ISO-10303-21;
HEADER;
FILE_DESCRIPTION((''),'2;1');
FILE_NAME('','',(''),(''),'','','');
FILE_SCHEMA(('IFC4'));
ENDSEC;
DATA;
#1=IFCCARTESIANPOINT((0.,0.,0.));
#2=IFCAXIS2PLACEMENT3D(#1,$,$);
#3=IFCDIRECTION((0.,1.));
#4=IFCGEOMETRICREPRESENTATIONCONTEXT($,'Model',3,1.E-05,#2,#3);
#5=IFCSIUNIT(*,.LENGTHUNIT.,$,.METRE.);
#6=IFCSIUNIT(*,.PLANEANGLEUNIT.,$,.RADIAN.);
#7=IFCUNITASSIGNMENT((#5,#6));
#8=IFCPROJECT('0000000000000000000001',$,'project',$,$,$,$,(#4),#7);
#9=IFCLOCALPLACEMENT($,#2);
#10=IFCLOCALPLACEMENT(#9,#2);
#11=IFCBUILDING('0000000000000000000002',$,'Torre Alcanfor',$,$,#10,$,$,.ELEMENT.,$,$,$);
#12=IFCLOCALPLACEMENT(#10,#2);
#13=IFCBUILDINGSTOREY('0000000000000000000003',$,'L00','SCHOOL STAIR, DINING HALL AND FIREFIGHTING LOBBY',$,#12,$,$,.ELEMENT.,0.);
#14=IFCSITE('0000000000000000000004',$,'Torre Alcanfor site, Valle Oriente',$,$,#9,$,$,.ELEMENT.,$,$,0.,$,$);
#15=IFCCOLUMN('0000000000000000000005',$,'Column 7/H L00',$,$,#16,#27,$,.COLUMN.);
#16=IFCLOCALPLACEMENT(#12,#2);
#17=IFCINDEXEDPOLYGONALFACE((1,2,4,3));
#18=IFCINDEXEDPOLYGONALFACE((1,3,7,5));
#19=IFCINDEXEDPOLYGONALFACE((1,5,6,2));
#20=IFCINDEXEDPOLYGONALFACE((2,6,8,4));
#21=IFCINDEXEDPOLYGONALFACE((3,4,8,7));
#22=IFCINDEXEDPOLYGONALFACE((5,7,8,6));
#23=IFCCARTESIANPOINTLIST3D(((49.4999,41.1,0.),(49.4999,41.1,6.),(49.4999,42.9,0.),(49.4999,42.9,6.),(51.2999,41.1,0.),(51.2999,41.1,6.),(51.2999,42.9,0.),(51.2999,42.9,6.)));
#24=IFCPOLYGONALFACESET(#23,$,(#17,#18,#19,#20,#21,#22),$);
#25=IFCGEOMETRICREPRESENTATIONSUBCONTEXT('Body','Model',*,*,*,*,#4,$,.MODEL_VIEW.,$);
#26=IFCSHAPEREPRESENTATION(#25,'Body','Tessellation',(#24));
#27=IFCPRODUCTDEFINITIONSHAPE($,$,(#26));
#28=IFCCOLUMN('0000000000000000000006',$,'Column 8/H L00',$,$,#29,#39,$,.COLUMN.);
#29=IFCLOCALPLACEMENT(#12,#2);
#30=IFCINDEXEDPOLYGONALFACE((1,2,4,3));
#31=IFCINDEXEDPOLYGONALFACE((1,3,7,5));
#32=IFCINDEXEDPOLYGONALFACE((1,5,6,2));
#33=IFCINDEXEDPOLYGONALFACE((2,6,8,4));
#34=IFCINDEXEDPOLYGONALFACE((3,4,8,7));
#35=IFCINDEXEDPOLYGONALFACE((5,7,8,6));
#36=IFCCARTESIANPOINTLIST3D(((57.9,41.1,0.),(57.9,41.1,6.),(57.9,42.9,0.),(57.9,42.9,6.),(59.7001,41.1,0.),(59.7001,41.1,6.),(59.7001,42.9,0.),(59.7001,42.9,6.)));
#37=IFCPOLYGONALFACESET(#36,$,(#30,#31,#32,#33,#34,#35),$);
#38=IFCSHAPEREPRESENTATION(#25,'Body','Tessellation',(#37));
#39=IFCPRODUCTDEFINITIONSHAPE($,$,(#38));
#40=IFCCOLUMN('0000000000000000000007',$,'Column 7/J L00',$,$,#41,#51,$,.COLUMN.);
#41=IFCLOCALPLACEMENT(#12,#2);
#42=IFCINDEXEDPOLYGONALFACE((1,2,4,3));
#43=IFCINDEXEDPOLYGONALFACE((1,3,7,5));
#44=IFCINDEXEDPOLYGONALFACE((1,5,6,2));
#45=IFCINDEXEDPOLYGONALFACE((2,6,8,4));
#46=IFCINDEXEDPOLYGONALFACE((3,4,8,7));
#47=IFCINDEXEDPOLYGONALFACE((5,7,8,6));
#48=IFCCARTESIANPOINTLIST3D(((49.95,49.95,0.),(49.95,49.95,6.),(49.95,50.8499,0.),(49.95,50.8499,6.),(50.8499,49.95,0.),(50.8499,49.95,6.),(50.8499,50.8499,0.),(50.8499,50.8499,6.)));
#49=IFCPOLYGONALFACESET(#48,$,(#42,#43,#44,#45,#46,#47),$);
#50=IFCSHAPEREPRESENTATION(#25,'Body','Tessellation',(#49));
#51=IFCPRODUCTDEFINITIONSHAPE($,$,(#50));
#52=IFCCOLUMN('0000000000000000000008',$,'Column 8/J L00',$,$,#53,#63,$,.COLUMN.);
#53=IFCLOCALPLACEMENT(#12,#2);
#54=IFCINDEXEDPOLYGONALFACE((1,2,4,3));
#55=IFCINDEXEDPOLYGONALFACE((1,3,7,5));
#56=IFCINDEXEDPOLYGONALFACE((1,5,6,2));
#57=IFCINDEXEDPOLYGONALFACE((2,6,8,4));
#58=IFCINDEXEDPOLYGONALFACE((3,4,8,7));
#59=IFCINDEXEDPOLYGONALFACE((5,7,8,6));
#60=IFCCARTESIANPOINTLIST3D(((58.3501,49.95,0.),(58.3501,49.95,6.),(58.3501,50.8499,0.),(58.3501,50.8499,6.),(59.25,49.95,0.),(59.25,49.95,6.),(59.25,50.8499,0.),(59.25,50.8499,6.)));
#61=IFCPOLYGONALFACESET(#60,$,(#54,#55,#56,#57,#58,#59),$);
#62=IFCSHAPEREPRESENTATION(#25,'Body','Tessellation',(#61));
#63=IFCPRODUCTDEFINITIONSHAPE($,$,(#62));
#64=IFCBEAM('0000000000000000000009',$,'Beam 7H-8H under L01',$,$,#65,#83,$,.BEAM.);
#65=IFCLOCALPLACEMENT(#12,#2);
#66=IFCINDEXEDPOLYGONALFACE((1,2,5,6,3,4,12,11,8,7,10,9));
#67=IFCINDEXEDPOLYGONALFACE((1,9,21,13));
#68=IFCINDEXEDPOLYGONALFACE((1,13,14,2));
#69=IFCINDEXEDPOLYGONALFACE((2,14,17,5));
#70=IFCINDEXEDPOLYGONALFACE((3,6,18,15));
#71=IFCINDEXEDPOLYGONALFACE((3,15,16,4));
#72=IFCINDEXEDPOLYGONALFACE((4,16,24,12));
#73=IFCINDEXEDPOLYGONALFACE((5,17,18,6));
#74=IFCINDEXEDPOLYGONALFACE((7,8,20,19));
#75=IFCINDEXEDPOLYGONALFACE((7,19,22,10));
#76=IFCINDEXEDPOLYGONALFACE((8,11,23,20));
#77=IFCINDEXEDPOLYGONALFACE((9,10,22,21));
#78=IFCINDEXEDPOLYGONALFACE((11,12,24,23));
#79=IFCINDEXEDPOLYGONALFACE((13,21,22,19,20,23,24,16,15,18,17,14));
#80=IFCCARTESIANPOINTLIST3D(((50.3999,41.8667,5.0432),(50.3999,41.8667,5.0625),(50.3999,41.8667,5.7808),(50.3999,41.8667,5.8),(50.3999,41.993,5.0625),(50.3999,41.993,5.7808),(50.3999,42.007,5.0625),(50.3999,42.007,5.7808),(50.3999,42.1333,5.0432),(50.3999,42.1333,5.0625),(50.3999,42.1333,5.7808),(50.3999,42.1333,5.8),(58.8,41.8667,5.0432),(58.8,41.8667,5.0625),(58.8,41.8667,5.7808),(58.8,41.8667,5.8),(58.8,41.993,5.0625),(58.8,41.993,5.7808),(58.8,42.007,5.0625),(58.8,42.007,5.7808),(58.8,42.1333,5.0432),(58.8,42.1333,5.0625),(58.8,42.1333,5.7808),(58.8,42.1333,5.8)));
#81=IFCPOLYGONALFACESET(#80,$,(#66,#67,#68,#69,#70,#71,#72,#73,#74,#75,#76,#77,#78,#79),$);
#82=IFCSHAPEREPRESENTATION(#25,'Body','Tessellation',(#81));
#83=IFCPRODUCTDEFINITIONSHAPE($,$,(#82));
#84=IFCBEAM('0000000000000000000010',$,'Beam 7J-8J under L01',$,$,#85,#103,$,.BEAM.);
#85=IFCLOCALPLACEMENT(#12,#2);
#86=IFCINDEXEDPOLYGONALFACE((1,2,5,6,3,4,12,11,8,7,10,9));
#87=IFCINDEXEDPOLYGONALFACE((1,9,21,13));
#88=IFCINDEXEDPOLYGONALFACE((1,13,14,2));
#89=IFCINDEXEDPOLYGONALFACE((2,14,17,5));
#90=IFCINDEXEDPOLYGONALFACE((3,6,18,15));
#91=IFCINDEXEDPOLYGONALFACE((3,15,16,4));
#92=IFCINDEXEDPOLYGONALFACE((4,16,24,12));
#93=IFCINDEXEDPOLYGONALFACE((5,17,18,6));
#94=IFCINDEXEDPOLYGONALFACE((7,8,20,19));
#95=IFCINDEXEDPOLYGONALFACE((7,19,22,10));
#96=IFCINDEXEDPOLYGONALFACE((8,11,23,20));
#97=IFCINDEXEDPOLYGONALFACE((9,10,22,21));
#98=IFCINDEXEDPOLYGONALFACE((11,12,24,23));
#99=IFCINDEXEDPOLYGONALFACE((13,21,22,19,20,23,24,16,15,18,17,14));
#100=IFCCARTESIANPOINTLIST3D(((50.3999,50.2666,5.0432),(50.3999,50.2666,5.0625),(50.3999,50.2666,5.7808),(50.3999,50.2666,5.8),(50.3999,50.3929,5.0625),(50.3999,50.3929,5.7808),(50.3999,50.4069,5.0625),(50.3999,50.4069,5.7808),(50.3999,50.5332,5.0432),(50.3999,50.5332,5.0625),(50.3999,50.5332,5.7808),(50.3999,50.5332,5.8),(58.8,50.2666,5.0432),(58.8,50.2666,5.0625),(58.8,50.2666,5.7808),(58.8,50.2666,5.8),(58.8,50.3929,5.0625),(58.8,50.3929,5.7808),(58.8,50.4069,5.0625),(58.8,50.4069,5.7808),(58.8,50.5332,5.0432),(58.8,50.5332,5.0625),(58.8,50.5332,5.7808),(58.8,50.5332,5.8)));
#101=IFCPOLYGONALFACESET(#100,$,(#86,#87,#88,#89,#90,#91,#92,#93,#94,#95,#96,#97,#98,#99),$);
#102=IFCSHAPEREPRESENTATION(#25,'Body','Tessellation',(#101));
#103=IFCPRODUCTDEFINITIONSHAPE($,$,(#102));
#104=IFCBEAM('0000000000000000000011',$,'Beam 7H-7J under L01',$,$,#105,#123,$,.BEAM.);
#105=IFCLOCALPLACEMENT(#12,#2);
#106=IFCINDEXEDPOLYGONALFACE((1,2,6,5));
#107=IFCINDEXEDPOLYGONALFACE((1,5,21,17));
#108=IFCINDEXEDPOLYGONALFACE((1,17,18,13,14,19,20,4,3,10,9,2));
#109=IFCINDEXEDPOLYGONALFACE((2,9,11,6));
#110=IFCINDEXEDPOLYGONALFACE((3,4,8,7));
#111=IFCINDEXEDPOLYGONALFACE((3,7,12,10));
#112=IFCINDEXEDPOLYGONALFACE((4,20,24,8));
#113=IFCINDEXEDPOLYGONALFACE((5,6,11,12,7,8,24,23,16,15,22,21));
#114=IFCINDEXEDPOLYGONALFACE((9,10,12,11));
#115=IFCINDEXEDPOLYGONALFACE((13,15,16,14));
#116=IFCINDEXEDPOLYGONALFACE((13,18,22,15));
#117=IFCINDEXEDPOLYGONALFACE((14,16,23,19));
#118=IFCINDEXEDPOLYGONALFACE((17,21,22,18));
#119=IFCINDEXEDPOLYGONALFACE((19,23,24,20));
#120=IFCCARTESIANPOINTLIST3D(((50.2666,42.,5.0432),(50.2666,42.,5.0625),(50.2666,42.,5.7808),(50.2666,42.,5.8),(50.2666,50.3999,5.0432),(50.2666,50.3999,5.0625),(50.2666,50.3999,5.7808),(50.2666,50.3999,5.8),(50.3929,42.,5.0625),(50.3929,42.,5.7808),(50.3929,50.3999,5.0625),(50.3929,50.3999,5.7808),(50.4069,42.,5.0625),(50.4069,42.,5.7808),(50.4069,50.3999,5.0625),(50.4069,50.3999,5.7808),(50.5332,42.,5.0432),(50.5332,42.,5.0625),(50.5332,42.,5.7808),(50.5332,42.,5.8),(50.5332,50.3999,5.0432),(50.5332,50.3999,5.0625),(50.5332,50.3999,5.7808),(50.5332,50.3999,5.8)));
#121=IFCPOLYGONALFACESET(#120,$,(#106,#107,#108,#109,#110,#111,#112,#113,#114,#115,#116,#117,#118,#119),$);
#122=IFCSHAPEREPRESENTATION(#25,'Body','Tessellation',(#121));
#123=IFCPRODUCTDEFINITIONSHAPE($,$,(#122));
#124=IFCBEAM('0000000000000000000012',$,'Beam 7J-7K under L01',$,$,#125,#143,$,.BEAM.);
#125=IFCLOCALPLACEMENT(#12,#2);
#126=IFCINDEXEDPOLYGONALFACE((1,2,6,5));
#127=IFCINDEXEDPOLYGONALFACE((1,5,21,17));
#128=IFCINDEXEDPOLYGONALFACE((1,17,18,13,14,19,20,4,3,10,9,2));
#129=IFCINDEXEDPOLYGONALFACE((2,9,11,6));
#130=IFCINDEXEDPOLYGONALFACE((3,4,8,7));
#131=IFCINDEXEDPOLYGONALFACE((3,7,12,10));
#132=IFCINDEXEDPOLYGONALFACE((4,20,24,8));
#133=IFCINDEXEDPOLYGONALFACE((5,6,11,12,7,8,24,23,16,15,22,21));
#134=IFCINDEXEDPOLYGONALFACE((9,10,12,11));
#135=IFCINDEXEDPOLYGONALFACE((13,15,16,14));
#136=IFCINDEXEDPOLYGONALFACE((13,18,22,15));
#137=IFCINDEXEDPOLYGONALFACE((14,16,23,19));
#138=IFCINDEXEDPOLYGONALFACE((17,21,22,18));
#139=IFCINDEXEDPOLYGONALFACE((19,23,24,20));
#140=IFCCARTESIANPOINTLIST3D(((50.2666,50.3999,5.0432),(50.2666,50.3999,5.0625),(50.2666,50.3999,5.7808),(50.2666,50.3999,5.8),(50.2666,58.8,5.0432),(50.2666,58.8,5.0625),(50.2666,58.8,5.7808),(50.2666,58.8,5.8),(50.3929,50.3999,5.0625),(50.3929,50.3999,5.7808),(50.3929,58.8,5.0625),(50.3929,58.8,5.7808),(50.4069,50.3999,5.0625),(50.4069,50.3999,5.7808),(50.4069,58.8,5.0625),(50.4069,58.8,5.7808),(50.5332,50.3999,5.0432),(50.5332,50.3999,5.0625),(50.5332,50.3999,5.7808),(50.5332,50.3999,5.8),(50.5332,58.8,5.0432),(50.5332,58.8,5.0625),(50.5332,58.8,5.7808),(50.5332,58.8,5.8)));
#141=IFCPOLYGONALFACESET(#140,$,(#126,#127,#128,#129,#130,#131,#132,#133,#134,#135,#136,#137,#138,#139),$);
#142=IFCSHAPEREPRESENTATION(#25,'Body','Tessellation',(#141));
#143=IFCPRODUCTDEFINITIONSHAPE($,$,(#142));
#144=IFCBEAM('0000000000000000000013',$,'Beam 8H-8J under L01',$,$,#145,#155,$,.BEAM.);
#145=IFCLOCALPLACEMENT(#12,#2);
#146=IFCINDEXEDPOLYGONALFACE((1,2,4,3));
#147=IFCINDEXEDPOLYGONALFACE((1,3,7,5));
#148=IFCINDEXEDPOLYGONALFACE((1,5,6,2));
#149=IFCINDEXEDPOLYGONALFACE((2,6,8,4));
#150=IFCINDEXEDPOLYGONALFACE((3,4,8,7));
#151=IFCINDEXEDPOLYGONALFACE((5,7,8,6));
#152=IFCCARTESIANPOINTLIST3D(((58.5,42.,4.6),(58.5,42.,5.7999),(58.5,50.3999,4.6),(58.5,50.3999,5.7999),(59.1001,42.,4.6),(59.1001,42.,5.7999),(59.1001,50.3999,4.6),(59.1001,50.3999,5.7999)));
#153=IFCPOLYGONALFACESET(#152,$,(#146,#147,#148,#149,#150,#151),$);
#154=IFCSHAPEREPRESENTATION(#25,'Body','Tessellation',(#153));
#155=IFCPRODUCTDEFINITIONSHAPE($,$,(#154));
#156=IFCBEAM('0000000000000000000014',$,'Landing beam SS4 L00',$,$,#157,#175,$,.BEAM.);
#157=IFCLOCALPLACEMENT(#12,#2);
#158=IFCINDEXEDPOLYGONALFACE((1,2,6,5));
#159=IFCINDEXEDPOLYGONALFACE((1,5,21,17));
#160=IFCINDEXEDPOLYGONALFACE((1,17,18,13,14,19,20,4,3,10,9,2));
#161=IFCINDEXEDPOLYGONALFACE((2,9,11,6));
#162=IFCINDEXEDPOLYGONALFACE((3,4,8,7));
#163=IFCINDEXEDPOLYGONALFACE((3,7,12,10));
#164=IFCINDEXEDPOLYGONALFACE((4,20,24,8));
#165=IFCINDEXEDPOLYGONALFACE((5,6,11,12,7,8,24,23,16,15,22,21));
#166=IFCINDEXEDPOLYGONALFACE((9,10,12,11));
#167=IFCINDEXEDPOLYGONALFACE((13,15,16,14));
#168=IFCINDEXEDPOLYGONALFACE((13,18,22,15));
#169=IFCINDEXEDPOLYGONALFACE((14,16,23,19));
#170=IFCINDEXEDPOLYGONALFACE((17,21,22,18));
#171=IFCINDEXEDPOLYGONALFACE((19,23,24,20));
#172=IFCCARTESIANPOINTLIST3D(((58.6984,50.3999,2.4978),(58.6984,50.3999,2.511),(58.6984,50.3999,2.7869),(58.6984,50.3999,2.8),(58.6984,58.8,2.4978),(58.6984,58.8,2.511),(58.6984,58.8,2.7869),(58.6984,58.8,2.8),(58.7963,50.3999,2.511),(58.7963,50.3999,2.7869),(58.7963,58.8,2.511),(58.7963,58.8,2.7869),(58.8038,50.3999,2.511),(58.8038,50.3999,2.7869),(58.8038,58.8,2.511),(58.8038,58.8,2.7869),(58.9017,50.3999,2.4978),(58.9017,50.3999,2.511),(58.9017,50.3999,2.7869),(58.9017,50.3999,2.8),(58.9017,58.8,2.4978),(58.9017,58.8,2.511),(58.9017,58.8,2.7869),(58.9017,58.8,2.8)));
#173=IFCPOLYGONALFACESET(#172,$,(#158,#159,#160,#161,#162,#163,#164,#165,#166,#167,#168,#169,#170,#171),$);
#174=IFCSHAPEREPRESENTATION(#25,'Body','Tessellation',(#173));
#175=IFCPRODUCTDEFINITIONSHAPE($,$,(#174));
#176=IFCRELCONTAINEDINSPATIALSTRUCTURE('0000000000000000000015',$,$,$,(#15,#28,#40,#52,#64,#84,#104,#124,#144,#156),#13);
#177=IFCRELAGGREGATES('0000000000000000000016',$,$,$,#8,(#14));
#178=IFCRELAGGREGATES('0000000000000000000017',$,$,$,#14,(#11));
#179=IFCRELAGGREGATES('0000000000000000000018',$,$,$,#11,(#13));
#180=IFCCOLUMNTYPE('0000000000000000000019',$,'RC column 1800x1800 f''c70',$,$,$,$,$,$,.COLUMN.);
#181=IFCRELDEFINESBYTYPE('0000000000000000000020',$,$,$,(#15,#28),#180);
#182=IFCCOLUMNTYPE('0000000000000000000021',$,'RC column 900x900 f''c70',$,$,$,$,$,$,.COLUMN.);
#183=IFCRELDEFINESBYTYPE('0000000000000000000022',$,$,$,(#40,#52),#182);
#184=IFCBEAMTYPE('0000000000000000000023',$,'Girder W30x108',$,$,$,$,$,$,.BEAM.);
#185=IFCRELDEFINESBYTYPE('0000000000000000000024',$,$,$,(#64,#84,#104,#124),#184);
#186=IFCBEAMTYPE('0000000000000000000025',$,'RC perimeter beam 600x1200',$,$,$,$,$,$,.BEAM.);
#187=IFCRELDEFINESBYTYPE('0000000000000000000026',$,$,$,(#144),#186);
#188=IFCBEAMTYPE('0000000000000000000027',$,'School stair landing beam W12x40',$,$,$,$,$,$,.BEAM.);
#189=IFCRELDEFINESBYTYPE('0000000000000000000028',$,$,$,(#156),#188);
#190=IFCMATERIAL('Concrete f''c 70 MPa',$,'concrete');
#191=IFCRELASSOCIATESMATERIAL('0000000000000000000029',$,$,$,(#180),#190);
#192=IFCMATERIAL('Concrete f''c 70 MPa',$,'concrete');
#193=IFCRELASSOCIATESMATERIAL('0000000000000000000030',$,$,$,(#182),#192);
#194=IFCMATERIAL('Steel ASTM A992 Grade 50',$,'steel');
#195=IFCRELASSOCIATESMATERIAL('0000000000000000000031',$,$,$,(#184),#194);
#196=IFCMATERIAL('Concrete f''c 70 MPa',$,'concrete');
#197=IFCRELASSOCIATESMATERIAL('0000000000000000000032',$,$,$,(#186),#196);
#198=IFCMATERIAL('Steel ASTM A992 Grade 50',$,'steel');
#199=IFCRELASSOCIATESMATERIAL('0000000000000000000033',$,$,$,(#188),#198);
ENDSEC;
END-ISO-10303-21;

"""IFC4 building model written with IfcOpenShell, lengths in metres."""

from ifc_helpers import new_model, si_unit, direction, frame, origin, origin_2d, place, context, subcontext, project, spatial, rectangle, i_section, extrude, material, material_profile, profile_set, type_object, element, save


model = new_model("IFC4")

# Units and contexts
model_context = context("Model", 3, precision=1e-05, world=origin(), true_north=direction((0.0, 1.0)))
body_context = subcontext(model_context, "Body", "Model", "MODEL_VIEW")
ifc_project = project(units=[si_unit("LENGTHUNIT", "METRE"), si_unit("PLANEANGLEUNIT", "RADIAN")], contexts=[model_context])

# Site, building, storey
site_placement = place(None, origin())
site = spatial("IfcSite", under=ifc_project, at=site_placement, Name="Torre Alcanfor site, Valle Oriente", CompositionType="ELEMENT", RefElevation=0.0)
building_placement = place(site_placement, origin())
building = spatial("IfcBuilding", under=site, at=building_placement, Name="Torre Alcanfor", CompositionType="ELEMENT")
storey_placement = place(building_placement, origin())
storey = spatial("IfcBuildingStorey", under=building, at=storey_placement, Name="L00", Description="SCHOOL STAIR, DINING HALL AND FIREFIGHTING LOBBY", CompositionType="ELEMENT", Elevation=0.0)

# Columns
ifc_material_1 = material(Name="Concrete f'c 70 MPa", Category="concrete")
ifc_material_profile_1 = material_profile(ifc_material_1, rectangle(XDim=1.8, YDim=1.8, at=origin_2d()), Name="1800x1800")
ifc_profile_set_1 = profile_set([ifc_material_profile_1], Name="Concrete f'c 70 MPa")
column_type_1 = type_object("IfcColumnType", Name="RC column 1800x1800 f'c70", PredefinedType="COLUMN", material=ifc_profile_set_1)
for number, where, z_axis, x_axis, name in (
    (1, (50.3999, 42.0, 0.0), (0.0, 0.0, 1.0), (1.0, 0.0, 0.0), "Column 7/H L00"),
    (2, (58.8, 42.0, 0.0), (0.0, 0.0, 1.0), (1.0, 0.0, 0.0), "Column 8/H L00"),
):
    element("IfcColumn", number, at=place(storey_placement, frame(where, z_axis=z_axis, x_axis=x_axis)), inside=storey, type_object=column_type_1, Name=name, PredefinedType="COLUMN", context=body_context, shape_type="SweptSolid", body=[
        extrude(rectangle(XDim=1.8, YDim=1.8, at=origin_2d()), origin(), (0.0, 0.0, 1.0), 6.0),
    ])
ifc_material_2 = material(Name="Concrete f'c 70 MPa", Category="concrete")
ifc_material_profile_2 = material_profile(ifc_material_2, rectangle(XDim=0.8999, YDim=0.8999, at=origin_2d()), Name="900x900")
ifc_profile_set_2 = profile_set([ifc_material_profile_2], Name="Concrete f'c 70 MPa")
column_type_2 = type_object("IfcColumnType", Name="RC column 900x900 f'c70", PredefinedType="COLUMN", material=ifc_profile_set_2)
for number, where, z_axis, x_axis, name in (
    (3, (50.3999, 50.3999, 0.0), (0.0, 0.0, 1.0), (1.0, 0.0, 0.0), "Column 7/J L00"),
    (4, (58.8, 50.3999, 0.0), (0.0, 0.0, 1.0), (1.0, 0.0, 0.0), "Column 8/J L00"),
):
    element("IfcColumn", number, at=place(storey_placement, frame(where, z_axis=z_axis, x_axis=x_axis)), inside=storey, type_object=column_type_2, Name=name, PredefinedType="COLUMN", context=body_context, shape_type="SweptSolid", body=[
        extrude(rectangle(XDim=0.8999, YDim=0.8999, at=origin_2d()), origin(), (0.0, 0.0, 1.0), 6.0),
    ])

# Beams
ifc_material_3 = material(Name="Steel ASTM A992 Grade 50", Category="steel")
ifc_material_profile_3 = material_profile(ifc_material_3, i_section(OverallWidth=0.2666, OverallDepth=0.7568, WebThickness=0.0139, FlangeThickness=0.0193, at=origin_2d()), Name="W30x108")
ifc_profile_set_3 = profile_set([ifc_material_profile_3], Name="Steel ASTM A992 Grade 50")
beam_type_1 = type_object("IfcBeamType", Name="Girder W30x108", PredefinedType="BEAM", material=ifc_profile_set_3)
for number, where, z_axis, x_axis, name in (
    (5, (50.3999, 42.0, 5.4216), (1.0, 0.0, 0.0), (0.0, 1.0, 0.0), "Beam 7H-8H under L01"),
    (6, (50.3999, 50.3999, 5.4216), (1.0, 0.0, 0.0), (0.0, 1.0, 0.0), "Beam 7J-8J under L01"),
):
    element("IfcBeam", number, at=place(storey_placement, frame(where, z_axis=z_axis, x_axis=x_axis)), inside=storey, type_object=beam_type_1, Name=name, PredefinedType="BEAM", context=body_context, shape_type="SweptSolid", body=[
        extrude(i_section(OverallWidth=0.2666, OverallDepth=0.7568, WebThickness=0.0139, FlangeThickness=0.0193, at=origin_2d()), origin(), (0.0, 0.0, 1.0), 8.4001),
    ])
beam_1_placement = place(storey_placement, frame((50.3999, 42.0, 5.4216), z_axis=(0.0, 1.0, 0.0), x_axis=(-1.0, 0.0, 0.0)))
element("IfcBeam", 7, at=beam_1_placement, inside=storey, type_object=beam_type_1, Name="Beam 7H-7J under L01", PredefinedType="BEAM", context=body_context, shape_type="SweptSolid", body=[
    extrude(i_section(OverallWidth=0.2666, OverallDepth=0.7568, WebThickness=0.0139, FlangeThickness=0.0193, at=origin_2d()), origin(), (0.0, 0.0, 1.0), 8.3999),
])
beam_2_placement = place(storey_placement, frame((50.3999, 50.3999, 5.4216), z_axis=(0.0, 1.0, 0.0), x_axis=(-1.0, 0.0, 0.0)))
element("IfcBeam", 8, at=beam_2_placement, inside=storey, type_object=beam_type_1, Name="Beam 7J-7K under L01", PredefinedType="BEAM", context=body_context, shape_type="SweptSolid", body=[
    extrude(i_section(OverallWidth=0.2666, OverallDepth=0.7568, WebThickness=0.0139, FlangeThickness=0.0193, at=origin_2d()), origin(), (0.0, 0.0, 1.0), 8.4001),
])
ifc_material_4 = material(Name="Concrete f'c 70 MPa", Category="concrete")
ifc_material_profile_4 = material_profile(ifc_material_4, rectangle(XDim=0.6001, YDim=1.2, at=origin_2d()), Name="600x1200")
ifc_profile_set_4 = profile_set([ifc_material_profile_4], Name="Concrete f'c 70 MPa")
beam_type_2 = type_object("IfcBeamType", Name="RC perimeter beam 600x1200", PredefinedType="BEAM", material=ifc_profile_set_4)
beam_3_placement = place(storey_placement, frame((58.8, 42.0, 5.2), z_axis=(0.0, 1.0, 0.0), x_axis=(-1.0, 0.0, 0.0)))
element("IfcBeam", 9, at=beam_3_placement, inside=storey, type_object=beam_type_2, Name="Beam 8H-8J under L01", PredefinedType="BEAM", context=body_context, shape_type="SweptSolid", body=[
    extrude(rectangle(XDim=0.6001, YDim=1.2, at=origin_2d()), origin(), (0.0, 0.0, 1.0), 8.3999),
])
ifc_material_5 = material(Name="Steel ASTM A992 Grade 50", Category="steel")
ifc_material_profile_5 = material_profile(ifc_material_5, i_section(OverallWidth=0.2034, OverallDepth=0.3022, WebThickness=0.0076, FlangeThickness=0.0132, at=origin_2d()), Name="W12x40")
ifc_profile_set_5 = profile_set([ifc_material_profile_5], Name="Steel ASTM A992 Grade 50")
beam_type_3 = type_object("IfcBeamType", Name="School stair landing beam W12x40", PredefinedType="BEAM", material=ifc_profile_set_5)
beam_4_placement = place(storey_placement, frame((58.8, 50.3999, 2.6489), z_axis=(0.0, 1.0, 0.0), x_axis=(-1.0, 0.0, 0.0)))
element("IfcBeam", 10, at=beam_4_placement, inside=storey, type_object=beam_type_3, Name="Landing beam SS4 L00", PredefinedType="BEAM", context=body_context, shape_type="SweptSolid", body=[
    extrude(i_section(OverallWidth=0.2034, OverallDepth=0.3022, WebThickness=0.0076, FlangeThickness=0.0132, at=origin_2d()), origin(), (0.0, 0.0, 1.0), 8.4001),
])

save(model, "model.ifc")
